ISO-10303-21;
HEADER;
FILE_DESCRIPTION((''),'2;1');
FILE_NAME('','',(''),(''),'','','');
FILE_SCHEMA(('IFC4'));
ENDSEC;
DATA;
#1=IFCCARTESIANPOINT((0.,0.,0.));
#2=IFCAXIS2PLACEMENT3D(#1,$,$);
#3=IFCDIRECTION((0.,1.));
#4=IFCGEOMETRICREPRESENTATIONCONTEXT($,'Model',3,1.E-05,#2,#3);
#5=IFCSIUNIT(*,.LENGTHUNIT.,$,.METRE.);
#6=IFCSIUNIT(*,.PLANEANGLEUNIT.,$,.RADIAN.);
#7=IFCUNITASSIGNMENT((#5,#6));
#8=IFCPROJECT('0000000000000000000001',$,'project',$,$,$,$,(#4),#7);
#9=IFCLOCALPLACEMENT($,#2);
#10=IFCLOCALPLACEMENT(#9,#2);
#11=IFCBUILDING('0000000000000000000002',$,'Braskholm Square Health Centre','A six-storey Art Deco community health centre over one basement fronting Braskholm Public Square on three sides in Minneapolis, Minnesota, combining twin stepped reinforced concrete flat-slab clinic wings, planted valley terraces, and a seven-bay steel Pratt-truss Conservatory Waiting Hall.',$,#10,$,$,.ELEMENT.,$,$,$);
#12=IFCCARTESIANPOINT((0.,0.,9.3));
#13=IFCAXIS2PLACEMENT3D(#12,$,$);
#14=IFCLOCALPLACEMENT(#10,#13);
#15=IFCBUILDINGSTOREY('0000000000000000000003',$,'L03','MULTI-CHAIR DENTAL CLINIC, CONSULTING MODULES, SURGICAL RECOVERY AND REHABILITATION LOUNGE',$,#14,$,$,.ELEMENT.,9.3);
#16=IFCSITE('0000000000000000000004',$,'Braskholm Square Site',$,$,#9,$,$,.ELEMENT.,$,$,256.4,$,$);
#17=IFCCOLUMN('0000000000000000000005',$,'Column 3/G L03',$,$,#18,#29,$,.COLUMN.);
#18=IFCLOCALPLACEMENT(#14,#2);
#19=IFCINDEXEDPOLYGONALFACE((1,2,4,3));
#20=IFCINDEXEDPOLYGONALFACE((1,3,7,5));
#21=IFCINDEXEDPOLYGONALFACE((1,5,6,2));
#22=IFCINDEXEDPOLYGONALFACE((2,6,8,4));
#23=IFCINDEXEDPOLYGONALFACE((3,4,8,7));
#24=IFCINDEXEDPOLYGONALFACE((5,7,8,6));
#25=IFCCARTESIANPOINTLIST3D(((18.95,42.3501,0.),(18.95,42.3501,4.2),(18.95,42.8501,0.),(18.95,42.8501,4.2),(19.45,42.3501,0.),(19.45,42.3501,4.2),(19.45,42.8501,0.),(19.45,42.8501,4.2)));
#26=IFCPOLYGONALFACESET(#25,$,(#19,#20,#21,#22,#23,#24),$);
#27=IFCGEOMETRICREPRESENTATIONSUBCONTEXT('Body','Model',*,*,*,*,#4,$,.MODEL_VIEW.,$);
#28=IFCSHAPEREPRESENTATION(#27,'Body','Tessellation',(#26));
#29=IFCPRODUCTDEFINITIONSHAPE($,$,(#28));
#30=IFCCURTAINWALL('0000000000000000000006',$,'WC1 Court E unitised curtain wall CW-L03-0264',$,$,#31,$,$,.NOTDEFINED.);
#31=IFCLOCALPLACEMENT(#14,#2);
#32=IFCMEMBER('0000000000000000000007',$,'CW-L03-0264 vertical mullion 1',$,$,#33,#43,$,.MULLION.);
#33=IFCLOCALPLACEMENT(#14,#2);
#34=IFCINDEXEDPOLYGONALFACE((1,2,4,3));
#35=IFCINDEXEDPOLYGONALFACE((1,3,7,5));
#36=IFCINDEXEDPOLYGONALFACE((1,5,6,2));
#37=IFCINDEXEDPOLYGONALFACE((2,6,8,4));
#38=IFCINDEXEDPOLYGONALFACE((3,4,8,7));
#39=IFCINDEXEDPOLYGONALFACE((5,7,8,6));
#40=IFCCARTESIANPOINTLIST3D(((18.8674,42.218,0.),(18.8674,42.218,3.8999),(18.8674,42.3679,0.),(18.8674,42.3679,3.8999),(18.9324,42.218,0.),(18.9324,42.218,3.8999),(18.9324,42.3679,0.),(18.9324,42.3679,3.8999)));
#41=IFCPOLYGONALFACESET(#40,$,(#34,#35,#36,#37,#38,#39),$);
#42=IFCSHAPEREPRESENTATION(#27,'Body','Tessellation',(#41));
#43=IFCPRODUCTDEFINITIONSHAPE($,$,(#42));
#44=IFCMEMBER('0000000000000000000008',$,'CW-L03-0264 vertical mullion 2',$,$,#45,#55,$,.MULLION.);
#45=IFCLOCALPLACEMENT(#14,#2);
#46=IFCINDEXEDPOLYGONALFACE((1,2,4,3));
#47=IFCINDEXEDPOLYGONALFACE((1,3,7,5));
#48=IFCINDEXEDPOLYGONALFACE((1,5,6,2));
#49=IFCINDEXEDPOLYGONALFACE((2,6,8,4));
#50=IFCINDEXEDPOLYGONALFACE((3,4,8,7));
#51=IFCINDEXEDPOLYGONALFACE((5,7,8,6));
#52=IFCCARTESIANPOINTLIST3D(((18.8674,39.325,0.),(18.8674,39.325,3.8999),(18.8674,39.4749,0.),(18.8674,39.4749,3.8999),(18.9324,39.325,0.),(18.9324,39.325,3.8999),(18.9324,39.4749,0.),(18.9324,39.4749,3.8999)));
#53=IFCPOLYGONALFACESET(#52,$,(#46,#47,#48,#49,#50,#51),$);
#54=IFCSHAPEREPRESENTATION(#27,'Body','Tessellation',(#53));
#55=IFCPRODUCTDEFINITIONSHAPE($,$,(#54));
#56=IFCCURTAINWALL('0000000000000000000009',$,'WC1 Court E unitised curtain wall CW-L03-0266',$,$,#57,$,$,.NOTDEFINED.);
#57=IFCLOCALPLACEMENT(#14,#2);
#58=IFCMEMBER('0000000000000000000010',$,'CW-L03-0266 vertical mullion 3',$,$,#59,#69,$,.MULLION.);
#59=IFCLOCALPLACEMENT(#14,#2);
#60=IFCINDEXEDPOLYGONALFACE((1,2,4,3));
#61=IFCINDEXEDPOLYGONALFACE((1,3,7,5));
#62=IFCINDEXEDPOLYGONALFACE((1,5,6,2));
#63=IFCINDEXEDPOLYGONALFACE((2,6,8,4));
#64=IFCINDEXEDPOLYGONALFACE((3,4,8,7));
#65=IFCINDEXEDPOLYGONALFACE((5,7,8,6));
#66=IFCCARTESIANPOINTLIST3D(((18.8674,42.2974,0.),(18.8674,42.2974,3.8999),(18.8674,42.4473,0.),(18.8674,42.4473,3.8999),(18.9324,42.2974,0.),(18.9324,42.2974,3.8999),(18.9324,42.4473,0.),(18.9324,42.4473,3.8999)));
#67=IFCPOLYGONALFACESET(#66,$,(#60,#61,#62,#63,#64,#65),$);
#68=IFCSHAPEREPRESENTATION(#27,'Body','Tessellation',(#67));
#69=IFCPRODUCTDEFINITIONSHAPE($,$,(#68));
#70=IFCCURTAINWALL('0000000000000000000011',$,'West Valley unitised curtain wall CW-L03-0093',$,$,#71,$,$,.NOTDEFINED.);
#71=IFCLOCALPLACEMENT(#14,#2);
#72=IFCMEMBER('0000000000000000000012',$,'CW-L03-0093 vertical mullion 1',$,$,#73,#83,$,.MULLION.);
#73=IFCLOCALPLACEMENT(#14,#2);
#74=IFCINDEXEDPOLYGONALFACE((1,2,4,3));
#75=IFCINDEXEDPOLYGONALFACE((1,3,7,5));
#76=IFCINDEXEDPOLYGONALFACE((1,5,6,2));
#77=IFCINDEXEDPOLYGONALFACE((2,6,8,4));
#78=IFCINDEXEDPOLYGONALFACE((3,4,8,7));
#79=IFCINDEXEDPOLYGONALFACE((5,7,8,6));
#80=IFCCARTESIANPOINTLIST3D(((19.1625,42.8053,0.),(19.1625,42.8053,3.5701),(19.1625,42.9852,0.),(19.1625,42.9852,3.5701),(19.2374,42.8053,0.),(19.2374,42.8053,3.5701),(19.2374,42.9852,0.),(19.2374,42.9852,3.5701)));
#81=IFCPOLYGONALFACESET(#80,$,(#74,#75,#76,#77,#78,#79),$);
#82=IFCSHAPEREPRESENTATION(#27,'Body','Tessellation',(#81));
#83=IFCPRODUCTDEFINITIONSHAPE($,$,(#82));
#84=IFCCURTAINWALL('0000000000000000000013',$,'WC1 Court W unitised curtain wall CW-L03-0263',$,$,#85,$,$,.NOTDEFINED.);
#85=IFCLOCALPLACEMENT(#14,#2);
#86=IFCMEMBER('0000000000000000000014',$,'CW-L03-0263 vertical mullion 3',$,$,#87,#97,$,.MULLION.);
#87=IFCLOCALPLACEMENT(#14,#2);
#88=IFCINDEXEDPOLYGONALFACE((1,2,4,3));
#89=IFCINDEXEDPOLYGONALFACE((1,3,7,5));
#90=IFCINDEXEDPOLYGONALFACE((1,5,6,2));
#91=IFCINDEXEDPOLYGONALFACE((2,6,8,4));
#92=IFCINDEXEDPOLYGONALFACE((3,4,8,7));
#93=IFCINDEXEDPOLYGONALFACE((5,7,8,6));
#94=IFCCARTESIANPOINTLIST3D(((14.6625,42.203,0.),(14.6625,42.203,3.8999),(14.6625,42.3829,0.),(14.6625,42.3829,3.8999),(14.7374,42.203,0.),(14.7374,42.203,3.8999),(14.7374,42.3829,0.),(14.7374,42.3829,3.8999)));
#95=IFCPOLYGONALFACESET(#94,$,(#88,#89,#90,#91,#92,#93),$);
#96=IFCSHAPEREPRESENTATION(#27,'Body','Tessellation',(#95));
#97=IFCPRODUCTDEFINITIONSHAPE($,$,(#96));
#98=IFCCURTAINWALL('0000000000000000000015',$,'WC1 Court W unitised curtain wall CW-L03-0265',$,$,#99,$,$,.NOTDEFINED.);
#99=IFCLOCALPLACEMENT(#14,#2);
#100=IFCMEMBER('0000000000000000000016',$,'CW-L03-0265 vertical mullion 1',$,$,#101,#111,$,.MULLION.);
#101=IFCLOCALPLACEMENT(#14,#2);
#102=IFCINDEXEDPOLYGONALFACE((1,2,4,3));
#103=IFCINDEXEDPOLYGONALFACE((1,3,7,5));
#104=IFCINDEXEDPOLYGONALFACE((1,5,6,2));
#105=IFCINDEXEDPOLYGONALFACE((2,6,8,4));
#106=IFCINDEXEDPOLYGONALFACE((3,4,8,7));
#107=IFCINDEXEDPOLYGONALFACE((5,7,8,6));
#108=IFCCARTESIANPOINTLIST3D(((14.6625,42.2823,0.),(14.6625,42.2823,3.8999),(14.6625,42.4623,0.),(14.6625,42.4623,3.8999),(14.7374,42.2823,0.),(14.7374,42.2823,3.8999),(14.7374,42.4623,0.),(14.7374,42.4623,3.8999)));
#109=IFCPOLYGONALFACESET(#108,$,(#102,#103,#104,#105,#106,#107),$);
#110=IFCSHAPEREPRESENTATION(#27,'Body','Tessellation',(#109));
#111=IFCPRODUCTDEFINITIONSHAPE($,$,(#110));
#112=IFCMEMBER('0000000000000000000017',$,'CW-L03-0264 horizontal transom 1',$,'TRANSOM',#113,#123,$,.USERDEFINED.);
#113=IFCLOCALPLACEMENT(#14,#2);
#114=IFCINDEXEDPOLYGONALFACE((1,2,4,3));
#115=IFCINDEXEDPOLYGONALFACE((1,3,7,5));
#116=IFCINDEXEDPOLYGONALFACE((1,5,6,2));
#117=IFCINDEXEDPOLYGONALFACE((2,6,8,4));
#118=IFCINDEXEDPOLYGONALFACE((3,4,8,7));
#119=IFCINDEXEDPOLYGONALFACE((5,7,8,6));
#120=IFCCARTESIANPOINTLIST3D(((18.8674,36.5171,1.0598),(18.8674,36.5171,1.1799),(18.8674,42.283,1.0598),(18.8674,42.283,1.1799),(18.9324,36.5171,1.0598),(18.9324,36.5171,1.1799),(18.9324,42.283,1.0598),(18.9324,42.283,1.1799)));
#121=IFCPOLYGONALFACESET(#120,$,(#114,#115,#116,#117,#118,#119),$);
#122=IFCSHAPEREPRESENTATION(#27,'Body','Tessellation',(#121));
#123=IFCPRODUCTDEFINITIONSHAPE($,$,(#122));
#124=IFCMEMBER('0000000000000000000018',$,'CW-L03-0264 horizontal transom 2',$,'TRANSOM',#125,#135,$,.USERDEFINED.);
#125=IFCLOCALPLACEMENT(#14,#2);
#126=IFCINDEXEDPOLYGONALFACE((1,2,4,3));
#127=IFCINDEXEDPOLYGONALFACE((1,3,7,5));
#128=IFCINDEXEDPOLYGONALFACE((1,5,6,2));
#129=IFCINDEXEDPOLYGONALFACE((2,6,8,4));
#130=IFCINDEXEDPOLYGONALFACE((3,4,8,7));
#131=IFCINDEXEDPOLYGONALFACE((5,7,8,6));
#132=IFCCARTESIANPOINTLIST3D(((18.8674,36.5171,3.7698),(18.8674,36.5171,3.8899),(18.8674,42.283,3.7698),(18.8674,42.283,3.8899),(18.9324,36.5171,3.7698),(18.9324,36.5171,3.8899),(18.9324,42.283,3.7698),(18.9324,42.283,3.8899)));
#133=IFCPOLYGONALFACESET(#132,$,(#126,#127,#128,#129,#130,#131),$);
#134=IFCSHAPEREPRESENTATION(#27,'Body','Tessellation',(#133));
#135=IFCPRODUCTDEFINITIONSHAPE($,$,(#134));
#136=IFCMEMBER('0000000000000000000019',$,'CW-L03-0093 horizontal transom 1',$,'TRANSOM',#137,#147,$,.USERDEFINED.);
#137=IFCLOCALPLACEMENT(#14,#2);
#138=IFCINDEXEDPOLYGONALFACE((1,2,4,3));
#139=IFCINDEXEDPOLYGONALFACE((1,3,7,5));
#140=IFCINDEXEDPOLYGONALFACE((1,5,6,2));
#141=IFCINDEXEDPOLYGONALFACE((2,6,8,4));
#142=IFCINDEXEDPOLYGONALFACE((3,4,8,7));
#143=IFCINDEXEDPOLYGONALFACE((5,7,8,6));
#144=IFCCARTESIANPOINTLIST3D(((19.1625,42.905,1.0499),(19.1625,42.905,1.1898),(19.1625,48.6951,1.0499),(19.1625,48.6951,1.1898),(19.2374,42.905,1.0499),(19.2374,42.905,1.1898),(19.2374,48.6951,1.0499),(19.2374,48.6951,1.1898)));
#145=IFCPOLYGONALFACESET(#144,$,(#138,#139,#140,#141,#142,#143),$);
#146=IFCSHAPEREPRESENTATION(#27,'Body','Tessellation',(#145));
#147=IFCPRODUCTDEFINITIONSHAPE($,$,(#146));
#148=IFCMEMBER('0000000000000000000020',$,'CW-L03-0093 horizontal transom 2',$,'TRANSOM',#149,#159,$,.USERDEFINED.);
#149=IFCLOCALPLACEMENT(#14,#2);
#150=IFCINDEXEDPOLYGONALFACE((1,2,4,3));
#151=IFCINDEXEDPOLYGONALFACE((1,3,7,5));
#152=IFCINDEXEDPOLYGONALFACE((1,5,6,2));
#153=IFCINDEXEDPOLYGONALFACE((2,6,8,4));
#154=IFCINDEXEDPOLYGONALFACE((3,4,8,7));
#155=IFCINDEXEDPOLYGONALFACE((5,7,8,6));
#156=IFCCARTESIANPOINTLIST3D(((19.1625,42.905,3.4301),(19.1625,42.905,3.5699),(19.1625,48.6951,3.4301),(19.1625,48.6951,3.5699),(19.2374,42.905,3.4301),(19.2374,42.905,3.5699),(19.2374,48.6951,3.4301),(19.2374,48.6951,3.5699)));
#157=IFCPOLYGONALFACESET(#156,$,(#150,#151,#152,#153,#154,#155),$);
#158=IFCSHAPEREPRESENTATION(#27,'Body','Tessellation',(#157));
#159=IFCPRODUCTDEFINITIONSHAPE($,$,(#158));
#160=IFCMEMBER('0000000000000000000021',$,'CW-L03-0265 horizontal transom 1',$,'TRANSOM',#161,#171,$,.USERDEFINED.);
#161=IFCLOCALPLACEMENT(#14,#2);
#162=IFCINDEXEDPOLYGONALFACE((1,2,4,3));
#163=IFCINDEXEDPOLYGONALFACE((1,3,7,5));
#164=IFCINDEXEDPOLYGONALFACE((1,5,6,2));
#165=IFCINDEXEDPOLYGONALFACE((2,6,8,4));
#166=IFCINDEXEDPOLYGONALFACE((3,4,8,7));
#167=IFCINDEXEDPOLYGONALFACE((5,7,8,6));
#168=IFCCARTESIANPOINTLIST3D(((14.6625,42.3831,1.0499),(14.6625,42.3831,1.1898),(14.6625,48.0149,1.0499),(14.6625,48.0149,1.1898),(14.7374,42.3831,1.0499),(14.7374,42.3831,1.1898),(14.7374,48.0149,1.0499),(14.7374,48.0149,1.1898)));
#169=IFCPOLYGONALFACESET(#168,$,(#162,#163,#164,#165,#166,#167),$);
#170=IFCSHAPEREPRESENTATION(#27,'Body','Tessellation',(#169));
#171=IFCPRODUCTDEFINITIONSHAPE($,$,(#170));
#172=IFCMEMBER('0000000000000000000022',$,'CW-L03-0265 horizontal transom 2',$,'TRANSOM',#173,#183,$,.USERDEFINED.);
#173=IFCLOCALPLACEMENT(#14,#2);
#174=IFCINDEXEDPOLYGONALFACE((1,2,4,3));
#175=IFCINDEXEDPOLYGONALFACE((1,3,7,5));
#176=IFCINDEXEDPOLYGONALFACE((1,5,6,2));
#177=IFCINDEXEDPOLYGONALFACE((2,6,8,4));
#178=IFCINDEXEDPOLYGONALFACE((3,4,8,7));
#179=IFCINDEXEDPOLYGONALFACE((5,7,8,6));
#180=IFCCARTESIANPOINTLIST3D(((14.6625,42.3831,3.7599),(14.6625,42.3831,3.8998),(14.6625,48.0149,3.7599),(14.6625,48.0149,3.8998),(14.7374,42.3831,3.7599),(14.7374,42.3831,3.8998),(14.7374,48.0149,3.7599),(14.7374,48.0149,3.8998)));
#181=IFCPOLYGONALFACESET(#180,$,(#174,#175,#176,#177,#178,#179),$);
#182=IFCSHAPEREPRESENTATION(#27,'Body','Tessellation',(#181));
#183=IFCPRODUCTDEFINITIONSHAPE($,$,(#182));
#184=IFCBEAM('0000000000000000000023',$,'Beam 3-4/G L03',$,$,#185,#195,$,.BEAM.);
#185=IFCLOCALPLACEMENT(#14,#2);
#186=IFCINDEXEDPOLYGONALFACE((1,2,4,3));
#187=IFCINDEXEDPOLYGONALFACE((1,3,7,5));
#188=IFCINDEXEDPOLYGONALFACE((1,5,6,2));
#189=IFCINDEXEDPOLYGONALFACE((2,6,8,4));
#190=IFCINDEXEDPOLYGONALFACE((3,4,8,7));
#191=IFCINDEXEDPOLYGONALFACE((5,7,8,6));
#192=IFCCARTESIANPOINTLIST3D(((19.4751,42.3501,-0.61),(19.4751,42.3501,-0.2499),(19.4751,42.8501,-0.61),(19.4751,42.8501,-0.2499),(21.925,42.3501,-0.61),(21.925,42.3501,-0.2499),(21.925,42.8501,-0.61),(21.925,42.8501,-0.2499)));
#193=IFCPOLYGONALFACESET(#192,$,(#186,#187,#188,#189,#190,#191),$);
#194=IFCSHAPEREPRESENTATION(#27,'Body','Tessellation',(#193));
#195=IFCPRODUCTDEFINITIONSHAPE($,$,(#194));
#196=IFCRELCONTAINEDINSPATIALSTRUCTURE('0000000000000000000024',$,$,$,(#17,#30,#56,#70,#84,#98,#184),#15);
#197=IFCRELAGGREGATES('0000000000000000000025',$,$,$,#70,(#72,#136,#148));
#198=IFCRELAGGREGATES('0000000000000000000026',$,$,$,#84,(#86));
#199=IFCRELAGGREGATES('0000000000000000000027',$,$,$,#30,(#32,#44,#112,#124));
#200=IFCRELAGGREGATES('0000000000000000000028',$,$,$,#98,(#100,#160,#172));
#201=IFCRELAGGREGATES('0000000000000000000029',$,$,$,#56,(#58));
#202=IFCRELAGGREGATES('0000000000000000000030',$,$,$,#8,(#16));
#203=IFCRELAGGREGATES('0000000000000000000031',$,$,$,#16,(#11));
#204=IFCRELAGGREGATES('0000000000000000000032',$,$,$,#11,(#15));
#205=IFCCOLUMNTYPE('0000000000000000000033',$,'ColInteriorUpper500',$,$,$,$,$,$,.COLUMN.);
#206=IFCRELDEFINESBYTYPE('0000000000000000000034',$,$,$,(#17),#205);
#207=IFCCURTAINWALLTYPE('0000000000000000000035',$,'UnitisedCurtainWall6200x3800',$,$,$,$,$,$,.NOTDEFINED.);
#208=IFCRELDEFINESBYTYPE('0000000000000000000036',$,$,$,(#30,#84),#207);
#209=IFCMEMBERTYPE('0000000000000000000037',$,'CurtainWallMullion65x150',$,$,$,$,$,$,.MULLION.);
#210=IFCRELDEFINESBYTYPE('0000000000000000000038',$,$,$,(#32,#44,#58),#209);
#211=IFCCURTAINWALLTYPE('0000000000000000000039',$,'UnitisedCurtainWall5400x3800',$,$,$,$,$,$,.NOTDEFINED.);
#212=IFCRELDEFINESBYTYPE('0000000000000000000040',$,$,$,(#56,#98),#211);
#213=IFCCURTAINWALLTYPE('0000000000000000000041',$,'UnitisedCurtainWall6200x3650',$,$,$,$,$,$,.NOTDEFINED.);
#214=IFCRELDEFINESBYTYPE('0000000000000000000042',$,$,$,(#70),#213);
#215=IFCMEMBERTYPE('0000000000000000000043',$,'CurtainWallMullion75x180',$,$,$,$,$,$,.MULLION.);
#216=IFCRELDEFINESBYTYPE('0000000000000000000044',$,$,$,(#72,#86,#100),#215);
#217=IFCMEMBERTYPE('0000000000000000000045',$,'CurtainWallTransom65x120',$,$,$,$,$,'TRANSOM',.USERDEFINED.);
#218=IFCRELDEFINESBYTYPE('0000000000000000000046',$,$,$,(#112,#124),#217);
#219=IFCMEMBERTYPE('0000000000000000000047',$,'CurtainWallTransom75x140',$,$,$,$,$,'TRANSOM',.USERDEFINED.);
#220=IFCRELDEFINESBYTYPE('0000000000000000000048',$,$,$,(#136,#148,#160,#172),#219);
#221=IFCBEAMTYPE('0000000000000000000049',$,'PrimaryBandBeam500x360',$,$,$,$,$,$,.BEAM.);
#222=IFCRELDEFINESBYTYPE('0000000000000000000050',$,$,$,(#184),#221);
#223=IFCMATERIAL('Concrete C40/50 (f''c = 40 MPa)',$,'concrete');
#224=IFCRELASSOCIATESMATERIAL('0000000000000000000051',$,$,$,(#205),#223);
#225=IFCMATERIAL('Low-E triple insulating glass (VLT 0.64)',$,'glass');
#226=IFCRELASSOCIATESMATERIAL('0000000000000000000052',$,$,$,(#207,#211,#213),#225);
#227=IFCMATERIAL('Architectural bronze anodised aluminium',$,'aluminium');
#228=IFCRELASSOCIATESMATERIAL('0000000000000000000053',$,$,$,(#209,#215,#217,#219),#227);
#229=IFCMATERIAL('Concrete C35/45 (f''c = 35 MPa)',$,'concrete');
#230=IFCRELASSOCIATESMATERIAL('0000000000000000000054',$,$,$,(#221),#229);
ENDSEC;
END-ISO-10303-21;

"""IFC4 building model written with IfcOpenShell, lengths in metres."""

from ifc_helpers import new_model, si_unit, direction, frame, origin, origin_2d, place, context, subcontext, project, spatial, rectangle, extrude, material, material_profile, profile_set, type_object, element, aggregate, save


model = new_model("IFC4")

# Units and contexts
model_context = context("Model", 3, precision=1e-05, world=origin(), true_north=direction((0.0, 1.0)))
body_context = subcontext(model_context, "Body", "Model", "MODEL_VIEW")
ifc_project = project(units=[si_unit("LENGTHUNIT", "METRE"), si_unit("PLANEANGLEUNIT", "RADIAN")], contexts=[model_context])

# Site, building, storey
site_placement = place(None, origin())
site = spatial("IfcSite", under=ifc_project, at=site_placement, Name="Braskholm Square Site", CompositionType="ELEMENT", RefElevation=256.4)
building_placement = place(site_placement, origin())
building = spatial("IfcBuilding", under=site, at=building_placement, Name="Braskholm Square Health Centre", Description="A six-storey Art Deco community health centre over one basement fronting Braskholm Public Square on three sides in Minneapolis, Minnesota, combining twin stepped reinforced concrete flat-slab clinic wings, planted valley terraces, and a seven-bay steel Pratt-truss Conservatory Waiting Hall.", CompositionType="ELEMENT")
storey_placement = place(building_placement, frame((0.0, 0.0, 9.3)))
storey = spatial("IfcBuildingStorey", under=building, at=storey_placement, Name="L03", Description="MULTI-CHAIR DENTAL CLINIC, CONSULTING MODULES, SURGICAL RECOVERY AND REHABILITATION LOUNGE", CompositionType="ELEMENT", Elevation=9.3)

# Column
ifc_material_1 = material(Name="Concrete C40/50 (f'c = 40 MPa)", Category="concrete")
ifc_material_profile_1 = material_profile(ifc_material_1, rectangle(XDim=0.5, YDim=0.5, at=origin_2d()), Name="RC-500X500")
ifc_profile_set_1 = profile_set([ifc_material_profile_1], Name="Concrete C40/50 (f'c = 40 MPa)")
column_type = type_object("IfcColumnType", Name="ColInteriorUpper500", PredefinedType="COLUMN", material=ifc_profile_set_1)
column_placement = place(storey_placement, frame((19.2, 42.6001, 0.0), z_axis=(0.0, 0.0, 1.0), x_axis=(1.0, 0.0, 0.0)))
element("IfcColumn", 1, at=column_placement, inside=storey, type_object=column_type, Name="Column 3/G L03", PredefinedType="COLUMN", context=body_context, shape_type="SweptSolid", body=[
    extrude(rectangle(XDim=0.5, YDim=0.5, at=origin_2d()), origin(), (0.0, 0.0, 1.0), 4.2),
])

# Curtain wall, members
ifc_material_2 = material(Name="Low-E triple insulating glass (VLT 0.64)", Category="glass")
curtain_wall_type_1 = type_object("IfcCurtainWallType", Name="UnitisedCurtainWall6200x3800", PredefinedType="NOTDEFINED", material=ifc_material_2)
curtain_wall_1_placement = place(storey_placement, origin())
curtain_wall_1 = element("IfcCurtainWall", 2, at=curtain_wall_1_placement, inside=storey, type_object=curtain_wall_type_1, Name="WC1 Court E unitised curtain wall CW-L03-0264", PredefinedType="NOTDEFINED")
ifc_material_3 = material(Name="Architectural bronze anodised aluminium", Category="aluminium")
ifc_material_profile_2 = material_profile(ifc_material_3, rectangle(XDim=0.0649, YDim=0.1499, at=origin_2d()), Name="ALU-65X150")
ifc_profile_set_2 = profile_set([ifc_material_profile_2], Name="Architectural bronze anodised aluminium")
member_type_1 = type_object("IfcMemberType", Name="CurtainWallMullion65x150", PredefinedType="MULLION", material=ifc_profile_set_2)
member_1_placement = place(storey_placement, frame((18.8999, 42.293, 0.0), z_axis=(0.0, 0.0, 1.0), x_axis=(1.0, 0.0, 0.0)))
member_1 = element("IfcMember", 3, at=member_1_placement, type_object=member_type_1, Name="CW-L03-0264 vertical mullion 1", PredefinedType="MULLION", context=body_context, shape_type="SweptSolid", body=[
    extrude(rectangle(XDim=0.0649, YDim=0.1499, at=origin_2d()), origin(), (0.0, 0.0, 1.0), 3.8999),
])
member_2_placement = place(storey_placement, frame((18.8999, 39.3999, 0.0), z_axis=(0.0, 0.0, 1.0), x_axis=(1.0, 0.0, 0.0)))
member_2 = element("IfcMember", 4, at=member_2_placement, type_object=member_type_1, Name="CW-L03-0264 vertical mullion 2", PredefinedType="MULLION", context=body_context, shape_type="SweptSolid", body=[
    extrude(rectangle(XDim=0.0649, YDim=0.1499, at=origin_2d()), origin(), (0.0, 0.0, 1.0), 3.8999),
])

# Curtain walls, members
curtain_wall_type_2 = type_object("IfcCurtainWallType", Name="UnitisedCurtainWall5400x3800", PredefinedType="NOTDEFINED", material=ifc_material_2)
curtain_wall_2_placement = place(storey_placement, origin())
curtain_wall_2 = element("IfcCurtainWall", 5, at=curtain_wall_2_placement, inside=storey, type_object=curtain_wall_type_2, Name="WC1 Court E unitised curtain wall CW-L03-0266", PredefinedType="NOTDEFINED")
member_3_placement = place(storey_placement, frame((18.8999, 42.3723, 0.0), z_axis=(0.0, 0.0, 1.0), x_axis=(1.0, 0.0, 0.0)))
member_3 = element("IfcMember", 6, at=member_3_placement, type_object=member_type_1, Name="CW-L03-0266 vertical mullion 3", PredefinedType="MULLION", context=body_context, shape_type="SweptSolid", body=[
    extrude(rectangle(XDim=0.0649, YDim=0.1499, at=origin_2d()), origin(), (0.0, 0.0, 1.0), 3.8999),
])
curtain_wall_type_3 = type_object("IfcCurtainWallType", Name="UnitisedCurtainWall6200x3650", PredefinedType="NOTDEFINED", material=ifc_material_2)
curtain_wall_3_placement = place(storey_placement, origin())
curtain_wall_3 = element("IfcCurtainWall", 7, at=curtain_wall_3_placement, inside=storey, type_object=curtain_wall_type_3, Name="West Valley unitised curtain wall CW-L03-0093", PredefinedType="NOTDEFINED")
ifc_material_profile_3 = material_profile(ifc_material_3, rectangle(XDim=0.075, YDim=0.1799, at=origin_2d()), Name="ALU-75X180")
ifc_profile_set_3 = profile_set([ifc_material_profile_3], Name="Architectural bronze anodised aluminium")
member_type_2 = type_object("IfcMemberType", Name="CurtainWallMullion75x180", PredefinedType="MULLION", material=ifc_profile_set_3)
member_4_placement = place(storey_placement, frame((19.2, 42.8953, 0.0), z_axis=(0.0, 0.0, 1.0), x_axis=(1.0, 0.0, 0.0)))
member_4 = element("IfcMember", 8, at=member_4_placement, type_object=member_type_2, Name="CW-L03-0093 vertical mullion 1", PredefinedType="MULLION", context=body_context, shape_type="SweptSolid", body=[
    extrude(rectangle(XDim=0.075, YDim=0.1799, at=origin_2d()), origin(), (0.0, 0.0, 1.0), 3.5701),
])
curtain_wall_4_placement = place(storey_placement, origin())
curtain_wall_4 = element("IfcCurtainWall", 9, at=curtain_wall_4_placement, inside=storey, type_object=curtain_wall_type_1, Name="WC1 Court W unitised curtain wall CW-L03-0263", PredefinedType="NOTDEFINED")
member_5_placement = place(storey_placement, frame((14.7, 42.293, 0.0), z_axis=(0.0, 0.0, 1.0), x_axis=(1.0, 0.0, 0.0)))
member_5 = element("IfcMember", 10, at=member_5_placement, type_object=member_type_2, Name="CW-L03-0263 vertical mullion 3", PredefinedType="MULLION", context=body_context, shape_type="SweptSolid", body=[
    extrude(rectangle(XDim=0.075, YDim=0.1799, at=origin_2d()), origin(), (0.0, 0.0, 1.0), 3.8999),
])
curtain_wall_5_placement = place(storey_placement, origin())
curtain_wall_5 = element("IfcCurtainWall", 11, at=curtain_wall_5_placement, inside=storey, type_object=curtain_wall_type_2, Name="WC1 Court W unitised curtain wall CW-L03-0265", PredefinedType="NOTDEFINED")
member_6_placement = place(storey_placement, frame((14.7, 42.3723, 0.0), z_axis=(0.0, 0.0, 1.0), x_axis=(1.0, 0.0, 0.0)))
member_6 = element("IfcMember", 12, at=member_6_placement, type_object=member_type_2, Name="CW-L03-0265 vertical mullion 1", PredefinedType="MULLION", context=body_context, shape_type="SweptSolid", body=[
    extrude(rectangle(XDim=0.075, YDim=0.1799, at=origin_2d()), origin(), (0.0, 0.0, 1.0), 3.8999),
])

# Members
ifc_material_profile_4 = material_profile(ifc_material_3, rectangle(XDim=0.0649, YDim=0.1201, at=origin_2d()), Name="ALU-65X120")
ifc_profile_set_4 = profile_set([ifc_material_profile_4], Name="Architectural bronze anodised aluminium")
member_type_3 = type_object("IfcMemberType", Name="CurtainWallTransom65x120", ElementType="TRANSOM", PredefinedType="USERDEFINED", material=ifc_profile_set_4)
member_7_placement = place(storey_placement, frame((18.8999, 42.283, 1.1199), z_axis=(0.0, -1.0, 0.0), x_axis=(1.0, 0.0, 0.0)))
member_7 = element("IfcMember", 13, at=member_7_placement, type_object=member_type_3, Name="CW-L03-0264 horizontal transom 1", ObjectType="TRANSOM", PredefinedType="USERDEFINED", context=body_context, shape_type="SweptSolid", body=[
    extrude(rectangle(XDim=0.0649, YDim=0.1201, at=origin_2d()), origin(), (0.0, 0.0, 1.0), 5.7659),
])
member_8_placement = place(storey_placement, frame((18.8999, 42.283, 3.8298), z_axis=(0.0, -1.0, 0.0), x_axis=(1.0, 0.0, 0.0)))
member_8 = element("IfcMember", 14, at=member_8_placement, type_object=member_type_3, Name="CW-L03-0264 horizontal transom 2", ObjectType="TRANSOM", PredefinedType="USERDEFINED", context=body_context, shape_type="SweptSolid", body=[
    extrude(rectangle(XDim=0.0649, YDim=0.1201, at=origin_2d()), origin(), (0.0, 0.0, 1.0), 5.7659),
])
ifc_material_profile_5 = material_profile(ifc_material_3, rectangle(XDim=0.075, YDim=0.1399, at=origin_2d()), Name="ALU-75X140")
ifc_profile_set_5 = profile_set([ifc_material_profile_5], Name="Architectural bronze anodised aluminium")
member_type_4 = type_object("IfcMemberType", Name="CurtainWallTransom75x140", ElementType="TRANSOM", PredefinedType="USERDEFINED", material=ifc_profile_set_5)
member_9_placement = place(storey_placement, frame((19.2, 42.905, 1.1199), z_axis=(0.0, 1.0, 0.0), x_axis=(-1.0, 0.0, 0.0)))
member_9 = element("IfcMember", 15, at=member_9_placement, type_object=member_type_4, Name="CW-L03-0093 horizontal transom 1", ObjectType="TRANSOM", PredefinedType="USERDEFINED", context=body_context, shape_type="SweptSolid", body=[
    extrude(rectangle(XDim=0.075, YDim=0.1399, at=origin_2d()), origin(), (0.0, 0.0, 1.0), 5.79),
])
member_10_placement = place(storey_placement, frame((19.2, 42.905, 3.5), z_axis=(0.0, 1.0, 0.0), x_axis=(-1.0, 0.0, 0.0)))
member_10 = element("IfcMember", 16, at=member_10_placement, type_object=member_type_4, Name="CW-L03-0093 horizontal transom 2", ObjectType="TRANSOM", PredefinedType="USERDEFINED", context=body_context, shape_type="SweptSolid", body=[
    extrude(rectangle(XDim=0.075, YDim=0.1399, at=origin_2d()), origin(), (0.0, 0.0, 1.0), 5.79),
])
member_11_placement = place(storey_placement, frame((14.7, 42.3831, 1.1199), z_axis=(0.0, 1.0, 0.0), x_axis=(-1.0, 0.0, 0.0)))
member_11 = element("IfcMember", 17, at=member_11_placement, type_object=member_type_4, Name="CW-L03-0265 horizontal transom 1", ObjectType="TRANSOM", PredefinedType="USERDEFINED", context=body_context, shape_type="SweptSolid", body=[
    extrude(rectangle(XDim=0.075, YDim=0.1399, at=origin_2d()), origin(), (0.0, 0.0, 1.0), 5.6318),
])
member_12_placement = place(storey_placement, frame((14.7, 42.3831, 3.8298), z_axis=(0.0, 1.0, 0.0), x_axis=(-1.0, 0.0, 0.0)))
member_12 = element("IfcMember", 18, at=member_12_placement, type_object=member_type_4, Name="CW-L03-0265 horizontal transom 2", ObjectType="TRANSOM", PredefinedType="USERDEFINED", context=body_context, shape_type="SweptSolid", body=[
    extrude(rectangle(XDim=0.075, YDim=0.1399, at=origin_2d()), origin(), (0.0, 0.0, 1.0), 5.6318),
])

# Beam
ifc_material_4 = material(Name="Concrete C35/45 (f'c = 35 MPa)", Category="concrete")
ifc_material_profile_6 = material_profile(ifc_material_4, rectangle(XDim=0.5, YDim=0.3601, at=origin_2d()), Name="RCB-500X360")
ifc_profile_set_6 = profile_set([ifc_material_profile_6], Name="Concrete C35/45 (f'c = 35 MPa)")
beam_type_1 = type_object("IfcBeamType", Name="PrimaryBandBeam500x360", PredefinedType="BEAM", material=ifc_profile_set_6)
beam_1_placement = place(storey_placement, frame((19.4751, 42.6001, -0.4299), z_axis=(1.0, 0.0, 0.0), x_axis=(0.0, 1.0, 0.0)))
element("IfcBeam", 19, at=beam_1_placement, inside=storey, type_object=beam_type_1, Name="Beam 3-4/G L03", PredefinedType="BEAM", context=body_context, shape_type="SweptSolid", body=[
    extrude(rectangle(XDim=0.5, YDim=0.3601, at=origin_2d()), origin(), (0.0, 0.0, 1.0), 2.45),
])

aggregate(curtain_wall_3, [member_4, member_9, member_10])
aggregate(curtain_wall_4, [member_5])
aggregate(curtain_wall_1, [member_1, member_2, member_7, member_8])
aggregate(curtain_wall_5, [member_6, member_11, member_12])
aggregate(curtain_wall_2, [member_3])

save(model, "model.ifc")
